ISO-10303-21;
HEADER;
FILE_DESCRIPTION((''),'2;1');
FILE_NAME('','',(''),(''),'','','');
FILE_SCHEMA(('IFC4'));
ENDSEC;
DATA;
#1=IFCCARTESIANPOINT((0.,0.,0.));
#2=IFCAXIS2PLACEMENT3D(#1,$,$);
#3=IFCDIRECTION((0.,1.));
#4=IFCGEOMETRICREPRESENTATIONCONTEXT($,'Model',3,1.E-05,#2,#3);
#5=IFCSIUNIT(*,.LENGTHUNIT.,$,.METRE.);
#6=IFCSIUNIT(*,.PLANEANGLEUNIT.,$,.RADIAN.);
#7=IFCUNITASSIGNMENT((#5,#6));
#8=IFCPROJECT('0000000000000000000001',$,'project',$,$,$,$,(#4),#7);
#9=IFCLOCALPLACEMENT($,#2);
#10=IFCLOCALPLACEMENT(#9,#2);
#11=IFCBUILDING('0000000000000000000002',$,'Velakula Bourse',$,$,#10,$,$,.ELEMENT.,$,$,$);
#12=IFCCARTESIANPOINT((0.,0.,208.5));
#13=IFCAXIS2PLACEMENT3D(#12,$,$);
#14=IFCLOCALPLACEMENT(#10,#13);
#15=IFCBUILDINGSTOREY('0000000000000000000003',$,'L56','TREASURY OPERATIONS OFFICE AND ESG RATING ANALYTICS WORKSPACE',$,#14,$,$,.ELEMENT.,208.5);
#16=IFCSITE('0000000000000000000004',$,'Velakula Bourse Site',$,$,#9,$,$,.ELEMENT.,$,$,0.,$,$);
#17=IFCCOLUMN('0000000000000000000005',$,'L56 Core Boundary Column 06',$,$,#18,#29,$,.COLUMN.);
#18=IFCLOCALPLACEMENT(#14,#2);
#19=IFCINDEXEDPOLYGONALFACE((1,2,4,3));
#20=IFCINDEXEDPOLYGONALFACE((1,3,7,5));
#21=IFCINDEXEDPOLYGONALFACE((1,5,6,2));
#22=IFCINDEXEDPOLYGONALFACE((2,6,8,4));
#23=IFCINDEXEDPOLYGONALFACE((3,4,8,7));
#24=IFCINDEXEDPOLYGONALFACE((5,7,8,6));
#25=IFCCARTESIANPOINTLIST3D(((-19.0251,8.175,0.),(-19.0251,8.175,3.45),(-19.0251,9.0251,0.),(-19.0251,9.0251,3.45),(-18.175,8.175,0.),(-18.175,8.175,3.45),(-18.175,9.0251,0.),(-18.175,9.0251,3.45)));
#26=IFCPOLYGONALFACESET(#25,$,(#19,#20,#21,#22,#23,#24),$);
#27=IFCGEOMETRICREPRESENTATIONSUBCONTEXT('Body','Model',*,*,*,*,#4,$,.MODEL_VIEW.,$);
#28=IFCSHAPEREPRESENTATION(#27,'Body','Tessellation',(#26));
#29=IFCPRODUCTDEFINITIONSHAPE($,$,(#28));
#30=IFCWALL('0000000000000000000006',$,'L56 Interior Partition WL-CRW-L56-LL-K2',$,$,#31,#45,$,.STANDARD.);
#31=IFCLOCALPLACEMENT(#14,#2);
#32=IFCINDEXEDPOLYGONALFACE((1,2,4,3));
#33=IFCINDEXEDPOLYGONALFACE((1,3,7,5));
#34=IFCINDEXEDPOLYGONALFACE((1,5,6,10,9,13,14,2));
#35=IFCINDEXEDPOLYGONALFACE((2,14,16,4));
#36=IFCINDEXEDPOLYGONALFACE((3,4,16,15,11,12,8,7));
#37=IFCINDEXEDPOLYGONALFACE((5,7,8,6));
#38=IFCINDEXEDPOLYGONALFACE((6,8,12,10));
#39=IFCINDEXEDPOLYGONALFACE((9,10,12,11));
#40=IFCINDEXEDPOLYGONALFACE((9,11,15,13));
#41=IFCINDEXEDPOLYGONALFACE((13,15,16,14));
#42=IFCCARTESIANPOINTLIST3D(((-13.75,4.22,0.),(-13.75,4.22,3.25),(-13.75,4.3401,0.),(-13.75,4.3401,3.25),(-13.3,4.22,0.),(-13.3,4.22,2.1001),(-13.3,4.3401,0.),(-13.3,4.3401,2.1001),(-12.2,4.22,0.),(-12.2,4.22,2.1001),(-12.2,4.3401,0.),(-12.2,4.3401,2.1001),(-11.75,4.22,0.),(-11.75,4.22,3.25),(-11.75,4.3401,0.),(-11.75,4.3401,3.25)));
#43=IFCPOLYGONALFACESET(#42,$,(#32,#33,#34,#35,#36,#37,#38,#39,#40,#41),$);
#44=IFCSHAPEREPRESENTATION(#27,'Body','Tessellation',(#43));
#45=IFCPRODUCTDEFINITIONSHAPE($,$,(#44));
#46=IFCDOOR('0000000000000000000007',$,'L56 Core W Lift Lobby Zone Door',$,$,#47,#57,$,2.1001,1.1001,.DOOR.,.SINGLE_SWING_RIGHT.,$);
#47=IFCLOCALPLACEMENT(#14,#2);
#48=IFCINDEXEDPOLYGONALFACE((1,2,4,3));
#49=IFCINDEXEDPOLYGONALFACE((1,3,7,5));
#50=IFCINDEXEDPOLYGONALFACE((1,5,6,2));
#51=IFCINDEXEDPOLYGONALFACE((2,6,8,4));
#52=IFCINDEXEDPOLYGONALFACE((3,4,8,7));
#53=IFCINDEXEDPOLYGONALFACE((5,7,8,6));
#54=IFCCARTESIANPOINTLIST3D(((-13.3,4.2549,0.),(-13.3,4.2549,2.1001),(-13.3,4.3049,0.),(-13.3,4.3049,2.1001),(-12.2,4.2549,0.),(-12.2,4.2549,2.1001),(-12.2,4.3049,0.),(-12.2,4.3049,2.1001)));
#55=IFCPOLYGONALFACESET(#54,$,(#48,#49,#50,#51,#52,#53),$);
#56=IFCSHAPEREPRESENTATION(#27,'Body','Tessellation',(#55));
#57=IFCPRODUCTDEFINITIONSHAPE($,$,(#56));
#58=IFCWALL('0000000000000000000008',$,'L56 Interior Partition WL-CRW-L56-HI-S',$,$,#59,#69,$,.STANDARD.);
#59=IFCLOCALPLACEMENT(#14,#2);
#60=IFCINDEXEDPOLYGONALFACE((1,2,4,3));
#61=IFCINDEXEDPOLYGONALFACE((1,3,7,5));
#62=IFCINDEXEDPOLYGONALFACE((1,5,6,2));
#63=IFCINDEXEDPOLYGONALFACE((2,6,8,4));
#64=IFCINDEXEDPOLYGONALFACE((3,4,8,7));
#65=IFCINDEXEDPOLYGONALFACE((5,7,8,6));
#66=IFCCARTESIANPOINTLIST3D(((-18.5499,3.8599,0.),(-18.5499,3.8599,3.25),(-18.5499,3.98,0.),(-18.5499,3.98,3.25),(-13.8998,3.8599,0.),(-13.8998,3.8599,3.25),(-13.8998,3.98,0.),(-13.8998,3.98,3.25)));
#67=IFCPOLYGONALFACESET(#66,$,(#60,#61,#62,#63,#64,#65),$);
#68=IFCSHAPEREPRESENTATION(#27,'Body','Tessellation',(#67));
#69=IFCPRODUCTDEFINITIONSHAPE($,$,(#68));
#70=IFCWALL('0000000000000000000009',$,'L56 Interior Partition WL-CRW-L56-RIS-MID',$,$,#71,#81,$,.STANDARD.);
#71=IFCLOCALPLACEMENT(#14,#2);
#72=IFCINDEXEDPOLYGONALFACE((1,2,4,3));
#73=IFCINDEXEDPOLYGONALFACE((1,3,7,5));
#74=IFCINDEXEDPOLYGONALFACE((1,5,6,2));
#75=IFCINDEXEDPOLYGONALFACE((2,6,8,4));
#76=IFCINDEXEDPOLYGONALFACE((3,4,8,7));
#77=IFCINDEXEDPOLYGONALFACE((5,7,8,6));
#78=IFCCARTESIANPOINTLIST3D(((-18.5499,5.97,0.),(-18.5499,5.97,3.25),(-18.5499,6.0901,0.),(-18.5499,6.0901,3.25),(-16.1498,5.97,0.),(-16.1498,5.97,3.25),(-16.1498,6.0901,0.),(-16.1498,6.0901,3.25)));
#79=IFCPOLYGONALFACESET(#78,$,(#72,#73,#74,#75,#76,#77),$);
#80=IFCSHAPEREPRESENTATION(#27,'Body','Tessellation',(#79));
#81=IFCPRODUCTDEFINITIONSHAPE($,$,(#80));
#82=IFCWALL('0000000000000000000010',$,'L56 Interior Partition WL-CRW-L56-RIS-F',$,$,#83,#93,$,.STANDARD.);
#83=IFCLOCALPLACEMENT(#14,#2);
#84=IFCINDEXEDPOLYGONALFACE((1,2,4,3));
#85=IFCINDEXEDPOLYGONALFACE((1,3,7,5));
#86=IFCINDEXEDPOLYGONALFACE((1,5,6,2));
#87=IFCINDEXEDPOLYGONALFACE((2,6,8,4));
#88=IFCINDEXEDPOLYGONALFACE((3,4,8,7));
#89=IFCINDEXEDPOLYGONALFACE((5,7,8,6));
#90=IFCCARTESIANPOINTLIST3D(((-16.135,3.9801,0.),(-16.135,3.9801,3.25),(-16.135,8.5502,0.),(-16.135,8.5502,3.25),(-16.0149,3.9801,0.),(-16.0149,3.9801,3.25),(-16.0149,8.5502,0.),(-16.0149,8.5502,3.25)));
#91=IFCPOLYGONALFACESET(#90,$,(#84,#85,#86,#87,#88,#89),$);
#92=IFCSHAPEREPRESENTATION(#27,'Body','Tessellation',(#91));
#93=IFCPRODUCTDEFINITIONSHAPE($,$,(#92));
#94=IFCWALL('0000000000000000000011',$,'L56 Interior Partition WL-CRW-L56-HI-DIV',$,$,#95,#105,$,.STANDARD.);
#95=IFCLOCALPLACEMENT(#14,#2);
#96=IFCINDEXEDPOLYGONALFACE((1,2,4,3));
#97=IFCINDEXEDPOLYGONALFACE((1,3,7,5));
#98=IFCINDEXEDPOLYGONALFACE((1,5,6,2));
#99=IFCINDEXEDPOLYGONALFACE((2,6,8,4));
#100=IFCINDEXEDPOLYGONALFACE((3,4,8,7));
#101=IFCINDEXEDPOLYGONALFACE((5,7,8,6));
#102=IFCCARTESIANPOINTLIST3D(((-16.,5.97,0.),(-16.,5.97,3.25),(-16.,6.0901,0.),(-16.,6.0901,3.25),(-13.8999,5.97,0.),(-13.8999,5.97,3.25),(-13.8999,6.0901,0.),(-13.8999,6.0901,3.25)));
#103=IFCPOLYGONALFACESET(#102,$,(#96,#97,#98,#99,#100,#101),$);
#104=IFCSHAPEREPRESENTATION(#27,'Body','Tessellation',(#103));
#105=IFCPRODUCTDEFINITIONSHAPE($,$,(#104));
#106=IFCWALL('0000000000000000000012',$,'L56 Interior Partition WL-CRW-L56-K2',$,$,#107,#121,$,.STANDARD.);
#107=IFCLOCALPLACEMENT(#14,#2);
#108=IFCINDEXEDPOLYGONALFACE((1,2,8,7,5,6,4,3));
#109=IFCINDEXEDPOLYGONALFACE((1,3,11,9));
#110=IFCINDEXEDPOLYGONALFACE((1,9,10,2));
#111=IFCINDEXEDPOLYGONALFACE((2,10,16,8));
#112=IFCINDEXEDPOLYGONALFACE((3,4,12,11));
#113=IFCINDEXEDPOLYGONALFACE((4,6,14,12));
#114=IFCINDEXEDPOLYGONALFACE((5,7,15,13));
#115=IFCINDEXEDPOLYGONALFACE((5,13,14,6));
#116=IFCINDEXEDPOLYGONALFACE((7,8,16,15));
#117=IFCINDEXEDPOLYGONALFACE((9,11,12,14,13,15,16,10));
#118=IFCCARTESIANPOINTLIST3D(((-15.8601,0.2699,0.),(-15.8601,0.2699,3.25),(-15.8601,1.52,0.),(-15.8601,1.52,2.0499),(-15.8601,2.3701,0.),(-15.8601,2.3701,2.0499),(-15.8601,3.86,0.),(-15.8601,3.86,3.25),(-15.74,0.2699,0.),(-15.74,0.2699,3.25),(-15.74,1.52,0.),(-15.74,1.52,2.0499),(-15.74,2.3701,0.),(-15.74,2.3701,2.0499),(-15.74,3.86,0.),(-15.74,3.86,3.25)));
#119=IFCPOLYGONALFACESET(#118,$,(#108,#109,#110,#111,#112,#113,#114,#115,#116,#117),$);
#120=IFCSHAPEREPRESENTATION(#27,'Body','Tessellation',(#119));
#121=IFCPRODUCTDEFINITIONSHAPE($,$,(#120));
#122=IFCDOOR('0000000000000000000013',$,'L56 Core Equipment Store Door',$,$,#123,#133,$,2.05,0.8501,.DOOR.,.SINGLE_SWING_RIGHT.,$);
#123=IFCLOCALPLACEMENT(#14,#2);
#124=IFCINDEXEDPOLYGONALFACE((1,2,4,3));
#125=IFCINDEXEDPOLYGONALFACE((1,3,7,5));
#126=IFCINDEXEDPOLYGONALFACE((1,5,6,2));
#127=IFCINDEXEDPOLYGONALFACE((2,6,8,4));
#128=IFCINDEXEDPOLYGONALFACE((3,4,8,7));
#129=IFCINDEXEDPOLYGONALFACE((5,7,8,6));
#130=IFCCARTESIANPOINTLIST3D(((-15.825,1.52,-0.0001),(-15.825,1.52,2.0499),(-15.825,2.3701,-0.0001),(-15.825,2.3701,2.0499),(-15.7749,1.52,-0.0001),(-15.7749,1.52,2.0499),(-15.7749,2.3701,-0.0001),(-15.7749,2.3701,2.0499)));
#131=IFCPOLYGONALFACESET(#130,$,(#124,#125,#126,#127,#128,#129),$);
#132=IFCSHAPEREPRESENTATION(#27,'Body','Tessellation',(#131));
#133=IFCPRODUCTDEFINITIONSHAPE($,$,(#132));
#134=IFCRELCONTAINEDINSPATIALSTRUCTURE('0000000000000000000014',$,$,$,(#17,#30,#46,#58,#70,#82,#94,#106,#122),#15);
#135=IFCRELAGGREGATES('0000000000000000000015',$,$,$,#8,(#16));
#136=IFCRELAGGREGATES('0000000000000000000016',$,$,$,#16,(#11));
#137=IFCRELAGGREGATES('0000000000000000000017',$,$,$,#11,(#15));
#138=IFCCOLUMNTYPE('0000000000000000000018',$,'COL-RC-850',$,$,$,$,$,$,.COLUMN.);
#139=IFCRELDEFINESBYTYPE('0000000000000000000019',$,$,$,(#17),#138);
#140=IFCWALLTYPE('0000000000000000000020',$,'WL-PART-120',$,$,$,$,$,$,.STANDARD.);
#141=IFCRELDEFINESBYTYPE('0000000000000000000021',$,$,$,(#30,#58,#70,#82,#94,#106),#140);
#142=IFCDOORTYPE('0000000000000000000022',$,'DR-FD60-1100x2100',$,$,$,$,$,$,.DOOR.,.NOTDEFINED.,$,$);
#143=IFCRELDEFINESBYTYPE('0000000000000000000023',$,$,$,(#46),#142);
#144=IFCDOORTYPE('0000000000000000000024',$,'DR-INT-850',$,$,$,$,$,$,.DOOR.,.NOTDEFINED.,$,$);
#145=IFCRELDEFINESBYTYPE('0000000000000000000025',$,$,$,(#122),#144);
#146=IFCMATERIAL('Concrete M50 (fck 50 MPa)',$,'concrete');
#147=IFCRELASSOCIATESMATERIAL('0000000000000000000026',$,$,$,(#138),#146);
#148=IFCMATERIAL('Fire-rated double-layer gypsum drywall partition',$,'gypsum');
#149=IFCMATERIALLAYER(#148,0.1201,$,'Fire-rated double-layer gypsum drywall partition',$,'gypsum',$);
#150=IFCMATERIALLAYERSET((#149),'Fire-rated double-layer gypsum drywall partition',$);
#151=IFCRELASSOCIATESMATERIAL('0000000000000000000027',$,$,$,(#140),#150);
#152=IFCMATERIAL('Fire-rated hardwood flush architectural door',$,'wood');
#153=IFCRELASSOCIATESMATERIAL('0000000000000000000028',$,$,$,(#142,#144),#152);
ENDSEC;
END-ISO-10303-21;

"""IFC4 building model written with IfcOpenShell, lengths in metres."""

from ifc_helpers import new_model, si_unit, direction, frame, frame_2d, origin, origin_2d, place, context, subcontext, project, spatial, rectangle, extrude, material, layer, layer_set, material_profile, profile_set, type_object, element, fill, save


model = new_model("IFC4")

# Units and contexts
model_context = context("Model", 3, precision=1e-05, world=origin(), true_north=direction((0.0, 1.0)))
body_context = subcontext(model_context, "Body", "Model", "MODEL_VIEW")
ifc_project = project(units=[si_unit("LENGTHUNIT", "METRE"), si_unit("PLANEANGLEUNIT", "RADIAN")], contexts=[model_context])

# Site, building, storey
site_placement = place(None, origin())
site = spatial("IfcSite", under=ifc_project, at=site_placement, Name="Velakula Bourse Site", CompositionType="ELEMENT", RefElevation=0.0)
building_placement = place(site_placement, origin())
building = spatial("IfcBuilding", under=site, at=building_placement, Name="Velakula Bourse", CompositionType="ELEMENT")
storey_placement = place(building_placement, frame((0.0, 0.0, 208.5)))
storey = spatial("IfcBuildingStorey", under=building, at=storey_placement, Name="L56", Description="TREASURY OPERATIONS OFFICE AND ESG RATING ANALYTICS WORKSPACE", CompositionType="ELEMENT", Elevation=208.5)

# Column
ifc_material_1 = material(Name="Concrete M50 (fck 50 MPa)", Category="concrete")
ifc_material_profile = material_profile(ifc_material_1, rectangle(XDim=0.8501, YDim=0.8501, at=origin_2d()), Name="Concrete M50 (fck 50 MPa)")
ifc_profile_set = profile_set([ifc_material_profile], Name="Concrete M50 (fck 50 MPa)")
column_type = type_object("IfcColumnType", Name="COL-RC-850", PredefinedType="COLUMN", material=ifc_profile_set)
column_placement = place(storey_placement, frame((-18.6001, 8.6001, 0.0), z_axis=(0.0, 0.0, 1.0), x_axis=(1.0, 0.0, 0.0)))
element("IfcColumn", 1, at=column_placement, inside=storey, type_object=column_type, Name="L56 Core Boundary Column 06", PredefinedType="COLUMN", context=body_context, shape_type="SweptSolid", body=[
    extrude(rectangle(XDim=0.8501, YDim=0.8501, at=origin_2d()), origin(), (0.0, 0.0, 1.0), 3.45),
])

# Wall, opening, door
ifc_material_2 = material(Name="Fire-rated double-layer gypsum drywall partition", Category="gypsum")
ifc_layer_1 = layer(ifc_material_2, 0.1201, Name="Fire-rated double-layer gypsum drywall partition", Category="gypsum")
ifc_layer_set_1 = layer_set([ifc_layer_1], Name="Fire-rated double-layer gypsum drywall partition")
wall_type_1 = type_object("IfcWallType", Name="WL-PART-120", PredefinedType="STANDARD", material=ifc_layer_set_1)
wall_1_placement = place(storey_placement, frame((-13.75, 4.28, 0.0), z_axis=(0.0, 0.0, 1.0), x_axis=(1.0, 0.0, 0.0)))
wall_1 = element("IfcWall", 2, at=wall_1_placement, inside=storey, type_object=wall_type_1, Name="L56 Interior Partition WL-CRW-L56-LL-K2", PredefinedType="STANDARD", context=body_context, shape_type="SweptSolid", body=[
    extrude(rectangle(XDim=2.0, YDim=0.1201, at=frame_2d((1.0, 0.0))), origin(), (0.0, 0.0, 1.0), 3.25),
])
opening_1_placement = place(wall_1_placement, frame((0.45, 0.0, 0.0)))
opening_1 = element("IfcOpeningElement", 3, at=opening_1_placement, cuts=wall_1, PredefinedType="OPENING", context=body_context, shape_type="SweptSolid", body=[
    extrude(rectangle(XDim=1.1001, YDim=2.1001, at=frame_2d((0.55, 1.05))), frame((0.0, 0.0701, 0.0), z_axis=(0.0, -1.0, 0.0), x_axis=(1.0, 0.0, 0.0)), (0.0, 0.0, 1.0), 0.1401),
])
ifc_material_3 = material(Name="Fire-rated hardwood flush architectural door", Category="wood")
door_type_1 = type_object("IfcDoorType", Name="DR-FD60-1100x2100", OperationType="NOTDEFINED", PredefinedType="DOOR", material=ifc_material_3)
door_1_placement = place(opening_1_placement, origin())
door_1 = element("IfcDoor", 4, at=door_1_placement, inside=storey, type_object=door_type_1, Name="L56 Core W Lift Lobby Zone Door", OperationType="SINGLE_SWING_RIGHT", OverallHeight=2.1001, OverallWidth=1.1001, PredefinedType="DOOR", context=body_context, shape_type="SweptSolid", body=[
    extrude(rectangle(XDim=1.1001, YDim=2.1001, at=frame_2d((0.55, 1.05))), frame((0.0, 0.0249, 0.0), z_axis=(0.0, -1.0, 0.0), x_axis=(1.0, 0.0, 0.0)), (0.0, 0.0, 1.0), 0.05),
])
fill(opening_1, door_1)

# Walls
wall_2_placement = place(storey_placement, frame((-18.55, 3.9199, 0.0), z_axis=(0.0, 0.0, 1.0), x_axis=(1.0, 0.0, 0.0)))
element("IfcWall", 5, at=wall_2_placement, inside=storey, type_object=wall_type_1, Name="L56 Interior Partition WL-CRW-L56-HI-S", PredefinedType="STANDARD", context=body_context, shape_type="SweptSolid", body=[
    extrude(rectangle(XDim=4.6501, YDim=0.1201, at=frame_2d((2.3252, 0.0))), origin(), (0.0, 0.0, 1.0), 3.25),
])
wall_3_placement = place(storey_placement, frame((-18.55, 6.03, 0.0), z_axis=(0.0, 0.0, 1.0), x_axis=(1.0, 0.0, 0.0)))
element("IfcWall", 6, at=wall_3_placement, inside=storey, type_object=wall_type_1, Name="L56 Interior Partition WL-CRW-L56-RIS-MID", PredefinedType="STANDARD", context=body_context, shape_type="SweptSolid", body=[
    extrude(rectangle(XDim=2.4001, YDim=0.1201, at=frame_2d((1.2002, 0.0))), origin(), (0.0, 0.0, 1.0), 3.25),
])
wall_4_placement = place(storey_placement, frame((-16.075, 3.98, 0.0), z_axis=(0.0, 0.0, 1.0), x_axis=(0.0, 1.0, 0.0)))
element("IfcWall", 7, at=wall_4_placement, inside=storey, type_object=wall_type_1, Name="L56 Interior Partition WL-CRW-L56-RIS-F", PredefinedType="STANDARD", context=body_context, shape_type="SweptSolid", body=[
    extrude(rectangle(XDim=4.5701, YDim=0.1201, at=frame_2d((2.2852, 0.0))), origin(), (0.0, 0.0, 1.0), 3.25),
])
wall_5_placement = place(storey_placement, frame((-16.0, 6.03, 0.0), z_axis=(0.0, 0.0, 1.0), x_axis=(1.0, 0.0, 0.0)))
element("IfcWall", 8, at=wall_5_placement, inside=storey, type_object=wall_type_1, Name="L56 Interior Partition WL-CRW-L56-HI-DIV", PredefinedType="STANDARD", context=body_context, shape_type="SweptSolid", body=[
    extrude(rectangle(XDim=2.1001, YDim=0.1201, at=frame_2d((1.05, 0.0))), origin(), (0.0, 0.0, 1.0), 3.25),
])

# Wall, opening, door
wall_6_placement = place(storey_placement, frame((-15.8, 0.27, 0.0), z_axis=(0.0, 0.0, 1.0), x_axis=(0.0, 1.0, 0.0)))
wall_6 = element("IfcWall", 9, at=wall_6_placement, inside=storey, type_object=wall_type_1, Name="L56 Interior Partition WL-CRW-L56-K2", PredefinedType="STANDARD", context=body_context, shape_type="SweptSolid", body=[
    extrude(rectangle(XDim=3.5901, YDim=0.1201, at=frame_2d((1.7949, 0.0))), origin(), (0.0, 0.0, 1.0), 3.25),
])
opening_2_placement = place(wall_6_placement, frame((1.25, 0.0, 0.0)))
opening_2 = element("IfcOpeningElement", 10, at=opening_2_placement, cuts=wall_6, PredefinedType="OPENING", context=body_context, shape_type="SweptSolid", body=[
    extrude(rectangle(XDim=0.8501, YDim=2.05, at=frame_2d((0.425, 1.0249))), frame((0.0, 0.0701, 0.0), z_axis=(0.0, -1.0, 0.0), x_axis=(1.0, 0.0, 0.0)), (0.0, 0.0, 1.0), 0.1401),
])
door_type_2 = type_object("IfcDoorType", Name="DR-INT-850", OperationType="NOTDEFINED", PredefinedType="DOOR", material=ifc_material_3)
door_2_placement = place(opening_2_placement, origin())
door_2 = element("IfcDoor", 11, at=door_2_placement, inside=storey, type_object=door_type_2, Name="L56 Core Equipment Store Door", OperationType="SINGLE_SWING_RIGHT", OverallHeight=2.05, OverallWidth=0.8501, PredefinedType="DOOR", context=body_context, shape_type="SweptSolid", body=[
    extrude(rectangle(XDim=0.8501, YDim=2.05, at=frame_2d((0.425, 1.0249))), frame((0.0, 0.0249, 0.0), z_axis=(0.0, -1.0, 0.0), x_axis=(1.0, 0.0, 0.0)), (0.0, 0.0, 1.0), 0.05),
])
fill(opening_2, door_2)

save(model, "model.ifc")
